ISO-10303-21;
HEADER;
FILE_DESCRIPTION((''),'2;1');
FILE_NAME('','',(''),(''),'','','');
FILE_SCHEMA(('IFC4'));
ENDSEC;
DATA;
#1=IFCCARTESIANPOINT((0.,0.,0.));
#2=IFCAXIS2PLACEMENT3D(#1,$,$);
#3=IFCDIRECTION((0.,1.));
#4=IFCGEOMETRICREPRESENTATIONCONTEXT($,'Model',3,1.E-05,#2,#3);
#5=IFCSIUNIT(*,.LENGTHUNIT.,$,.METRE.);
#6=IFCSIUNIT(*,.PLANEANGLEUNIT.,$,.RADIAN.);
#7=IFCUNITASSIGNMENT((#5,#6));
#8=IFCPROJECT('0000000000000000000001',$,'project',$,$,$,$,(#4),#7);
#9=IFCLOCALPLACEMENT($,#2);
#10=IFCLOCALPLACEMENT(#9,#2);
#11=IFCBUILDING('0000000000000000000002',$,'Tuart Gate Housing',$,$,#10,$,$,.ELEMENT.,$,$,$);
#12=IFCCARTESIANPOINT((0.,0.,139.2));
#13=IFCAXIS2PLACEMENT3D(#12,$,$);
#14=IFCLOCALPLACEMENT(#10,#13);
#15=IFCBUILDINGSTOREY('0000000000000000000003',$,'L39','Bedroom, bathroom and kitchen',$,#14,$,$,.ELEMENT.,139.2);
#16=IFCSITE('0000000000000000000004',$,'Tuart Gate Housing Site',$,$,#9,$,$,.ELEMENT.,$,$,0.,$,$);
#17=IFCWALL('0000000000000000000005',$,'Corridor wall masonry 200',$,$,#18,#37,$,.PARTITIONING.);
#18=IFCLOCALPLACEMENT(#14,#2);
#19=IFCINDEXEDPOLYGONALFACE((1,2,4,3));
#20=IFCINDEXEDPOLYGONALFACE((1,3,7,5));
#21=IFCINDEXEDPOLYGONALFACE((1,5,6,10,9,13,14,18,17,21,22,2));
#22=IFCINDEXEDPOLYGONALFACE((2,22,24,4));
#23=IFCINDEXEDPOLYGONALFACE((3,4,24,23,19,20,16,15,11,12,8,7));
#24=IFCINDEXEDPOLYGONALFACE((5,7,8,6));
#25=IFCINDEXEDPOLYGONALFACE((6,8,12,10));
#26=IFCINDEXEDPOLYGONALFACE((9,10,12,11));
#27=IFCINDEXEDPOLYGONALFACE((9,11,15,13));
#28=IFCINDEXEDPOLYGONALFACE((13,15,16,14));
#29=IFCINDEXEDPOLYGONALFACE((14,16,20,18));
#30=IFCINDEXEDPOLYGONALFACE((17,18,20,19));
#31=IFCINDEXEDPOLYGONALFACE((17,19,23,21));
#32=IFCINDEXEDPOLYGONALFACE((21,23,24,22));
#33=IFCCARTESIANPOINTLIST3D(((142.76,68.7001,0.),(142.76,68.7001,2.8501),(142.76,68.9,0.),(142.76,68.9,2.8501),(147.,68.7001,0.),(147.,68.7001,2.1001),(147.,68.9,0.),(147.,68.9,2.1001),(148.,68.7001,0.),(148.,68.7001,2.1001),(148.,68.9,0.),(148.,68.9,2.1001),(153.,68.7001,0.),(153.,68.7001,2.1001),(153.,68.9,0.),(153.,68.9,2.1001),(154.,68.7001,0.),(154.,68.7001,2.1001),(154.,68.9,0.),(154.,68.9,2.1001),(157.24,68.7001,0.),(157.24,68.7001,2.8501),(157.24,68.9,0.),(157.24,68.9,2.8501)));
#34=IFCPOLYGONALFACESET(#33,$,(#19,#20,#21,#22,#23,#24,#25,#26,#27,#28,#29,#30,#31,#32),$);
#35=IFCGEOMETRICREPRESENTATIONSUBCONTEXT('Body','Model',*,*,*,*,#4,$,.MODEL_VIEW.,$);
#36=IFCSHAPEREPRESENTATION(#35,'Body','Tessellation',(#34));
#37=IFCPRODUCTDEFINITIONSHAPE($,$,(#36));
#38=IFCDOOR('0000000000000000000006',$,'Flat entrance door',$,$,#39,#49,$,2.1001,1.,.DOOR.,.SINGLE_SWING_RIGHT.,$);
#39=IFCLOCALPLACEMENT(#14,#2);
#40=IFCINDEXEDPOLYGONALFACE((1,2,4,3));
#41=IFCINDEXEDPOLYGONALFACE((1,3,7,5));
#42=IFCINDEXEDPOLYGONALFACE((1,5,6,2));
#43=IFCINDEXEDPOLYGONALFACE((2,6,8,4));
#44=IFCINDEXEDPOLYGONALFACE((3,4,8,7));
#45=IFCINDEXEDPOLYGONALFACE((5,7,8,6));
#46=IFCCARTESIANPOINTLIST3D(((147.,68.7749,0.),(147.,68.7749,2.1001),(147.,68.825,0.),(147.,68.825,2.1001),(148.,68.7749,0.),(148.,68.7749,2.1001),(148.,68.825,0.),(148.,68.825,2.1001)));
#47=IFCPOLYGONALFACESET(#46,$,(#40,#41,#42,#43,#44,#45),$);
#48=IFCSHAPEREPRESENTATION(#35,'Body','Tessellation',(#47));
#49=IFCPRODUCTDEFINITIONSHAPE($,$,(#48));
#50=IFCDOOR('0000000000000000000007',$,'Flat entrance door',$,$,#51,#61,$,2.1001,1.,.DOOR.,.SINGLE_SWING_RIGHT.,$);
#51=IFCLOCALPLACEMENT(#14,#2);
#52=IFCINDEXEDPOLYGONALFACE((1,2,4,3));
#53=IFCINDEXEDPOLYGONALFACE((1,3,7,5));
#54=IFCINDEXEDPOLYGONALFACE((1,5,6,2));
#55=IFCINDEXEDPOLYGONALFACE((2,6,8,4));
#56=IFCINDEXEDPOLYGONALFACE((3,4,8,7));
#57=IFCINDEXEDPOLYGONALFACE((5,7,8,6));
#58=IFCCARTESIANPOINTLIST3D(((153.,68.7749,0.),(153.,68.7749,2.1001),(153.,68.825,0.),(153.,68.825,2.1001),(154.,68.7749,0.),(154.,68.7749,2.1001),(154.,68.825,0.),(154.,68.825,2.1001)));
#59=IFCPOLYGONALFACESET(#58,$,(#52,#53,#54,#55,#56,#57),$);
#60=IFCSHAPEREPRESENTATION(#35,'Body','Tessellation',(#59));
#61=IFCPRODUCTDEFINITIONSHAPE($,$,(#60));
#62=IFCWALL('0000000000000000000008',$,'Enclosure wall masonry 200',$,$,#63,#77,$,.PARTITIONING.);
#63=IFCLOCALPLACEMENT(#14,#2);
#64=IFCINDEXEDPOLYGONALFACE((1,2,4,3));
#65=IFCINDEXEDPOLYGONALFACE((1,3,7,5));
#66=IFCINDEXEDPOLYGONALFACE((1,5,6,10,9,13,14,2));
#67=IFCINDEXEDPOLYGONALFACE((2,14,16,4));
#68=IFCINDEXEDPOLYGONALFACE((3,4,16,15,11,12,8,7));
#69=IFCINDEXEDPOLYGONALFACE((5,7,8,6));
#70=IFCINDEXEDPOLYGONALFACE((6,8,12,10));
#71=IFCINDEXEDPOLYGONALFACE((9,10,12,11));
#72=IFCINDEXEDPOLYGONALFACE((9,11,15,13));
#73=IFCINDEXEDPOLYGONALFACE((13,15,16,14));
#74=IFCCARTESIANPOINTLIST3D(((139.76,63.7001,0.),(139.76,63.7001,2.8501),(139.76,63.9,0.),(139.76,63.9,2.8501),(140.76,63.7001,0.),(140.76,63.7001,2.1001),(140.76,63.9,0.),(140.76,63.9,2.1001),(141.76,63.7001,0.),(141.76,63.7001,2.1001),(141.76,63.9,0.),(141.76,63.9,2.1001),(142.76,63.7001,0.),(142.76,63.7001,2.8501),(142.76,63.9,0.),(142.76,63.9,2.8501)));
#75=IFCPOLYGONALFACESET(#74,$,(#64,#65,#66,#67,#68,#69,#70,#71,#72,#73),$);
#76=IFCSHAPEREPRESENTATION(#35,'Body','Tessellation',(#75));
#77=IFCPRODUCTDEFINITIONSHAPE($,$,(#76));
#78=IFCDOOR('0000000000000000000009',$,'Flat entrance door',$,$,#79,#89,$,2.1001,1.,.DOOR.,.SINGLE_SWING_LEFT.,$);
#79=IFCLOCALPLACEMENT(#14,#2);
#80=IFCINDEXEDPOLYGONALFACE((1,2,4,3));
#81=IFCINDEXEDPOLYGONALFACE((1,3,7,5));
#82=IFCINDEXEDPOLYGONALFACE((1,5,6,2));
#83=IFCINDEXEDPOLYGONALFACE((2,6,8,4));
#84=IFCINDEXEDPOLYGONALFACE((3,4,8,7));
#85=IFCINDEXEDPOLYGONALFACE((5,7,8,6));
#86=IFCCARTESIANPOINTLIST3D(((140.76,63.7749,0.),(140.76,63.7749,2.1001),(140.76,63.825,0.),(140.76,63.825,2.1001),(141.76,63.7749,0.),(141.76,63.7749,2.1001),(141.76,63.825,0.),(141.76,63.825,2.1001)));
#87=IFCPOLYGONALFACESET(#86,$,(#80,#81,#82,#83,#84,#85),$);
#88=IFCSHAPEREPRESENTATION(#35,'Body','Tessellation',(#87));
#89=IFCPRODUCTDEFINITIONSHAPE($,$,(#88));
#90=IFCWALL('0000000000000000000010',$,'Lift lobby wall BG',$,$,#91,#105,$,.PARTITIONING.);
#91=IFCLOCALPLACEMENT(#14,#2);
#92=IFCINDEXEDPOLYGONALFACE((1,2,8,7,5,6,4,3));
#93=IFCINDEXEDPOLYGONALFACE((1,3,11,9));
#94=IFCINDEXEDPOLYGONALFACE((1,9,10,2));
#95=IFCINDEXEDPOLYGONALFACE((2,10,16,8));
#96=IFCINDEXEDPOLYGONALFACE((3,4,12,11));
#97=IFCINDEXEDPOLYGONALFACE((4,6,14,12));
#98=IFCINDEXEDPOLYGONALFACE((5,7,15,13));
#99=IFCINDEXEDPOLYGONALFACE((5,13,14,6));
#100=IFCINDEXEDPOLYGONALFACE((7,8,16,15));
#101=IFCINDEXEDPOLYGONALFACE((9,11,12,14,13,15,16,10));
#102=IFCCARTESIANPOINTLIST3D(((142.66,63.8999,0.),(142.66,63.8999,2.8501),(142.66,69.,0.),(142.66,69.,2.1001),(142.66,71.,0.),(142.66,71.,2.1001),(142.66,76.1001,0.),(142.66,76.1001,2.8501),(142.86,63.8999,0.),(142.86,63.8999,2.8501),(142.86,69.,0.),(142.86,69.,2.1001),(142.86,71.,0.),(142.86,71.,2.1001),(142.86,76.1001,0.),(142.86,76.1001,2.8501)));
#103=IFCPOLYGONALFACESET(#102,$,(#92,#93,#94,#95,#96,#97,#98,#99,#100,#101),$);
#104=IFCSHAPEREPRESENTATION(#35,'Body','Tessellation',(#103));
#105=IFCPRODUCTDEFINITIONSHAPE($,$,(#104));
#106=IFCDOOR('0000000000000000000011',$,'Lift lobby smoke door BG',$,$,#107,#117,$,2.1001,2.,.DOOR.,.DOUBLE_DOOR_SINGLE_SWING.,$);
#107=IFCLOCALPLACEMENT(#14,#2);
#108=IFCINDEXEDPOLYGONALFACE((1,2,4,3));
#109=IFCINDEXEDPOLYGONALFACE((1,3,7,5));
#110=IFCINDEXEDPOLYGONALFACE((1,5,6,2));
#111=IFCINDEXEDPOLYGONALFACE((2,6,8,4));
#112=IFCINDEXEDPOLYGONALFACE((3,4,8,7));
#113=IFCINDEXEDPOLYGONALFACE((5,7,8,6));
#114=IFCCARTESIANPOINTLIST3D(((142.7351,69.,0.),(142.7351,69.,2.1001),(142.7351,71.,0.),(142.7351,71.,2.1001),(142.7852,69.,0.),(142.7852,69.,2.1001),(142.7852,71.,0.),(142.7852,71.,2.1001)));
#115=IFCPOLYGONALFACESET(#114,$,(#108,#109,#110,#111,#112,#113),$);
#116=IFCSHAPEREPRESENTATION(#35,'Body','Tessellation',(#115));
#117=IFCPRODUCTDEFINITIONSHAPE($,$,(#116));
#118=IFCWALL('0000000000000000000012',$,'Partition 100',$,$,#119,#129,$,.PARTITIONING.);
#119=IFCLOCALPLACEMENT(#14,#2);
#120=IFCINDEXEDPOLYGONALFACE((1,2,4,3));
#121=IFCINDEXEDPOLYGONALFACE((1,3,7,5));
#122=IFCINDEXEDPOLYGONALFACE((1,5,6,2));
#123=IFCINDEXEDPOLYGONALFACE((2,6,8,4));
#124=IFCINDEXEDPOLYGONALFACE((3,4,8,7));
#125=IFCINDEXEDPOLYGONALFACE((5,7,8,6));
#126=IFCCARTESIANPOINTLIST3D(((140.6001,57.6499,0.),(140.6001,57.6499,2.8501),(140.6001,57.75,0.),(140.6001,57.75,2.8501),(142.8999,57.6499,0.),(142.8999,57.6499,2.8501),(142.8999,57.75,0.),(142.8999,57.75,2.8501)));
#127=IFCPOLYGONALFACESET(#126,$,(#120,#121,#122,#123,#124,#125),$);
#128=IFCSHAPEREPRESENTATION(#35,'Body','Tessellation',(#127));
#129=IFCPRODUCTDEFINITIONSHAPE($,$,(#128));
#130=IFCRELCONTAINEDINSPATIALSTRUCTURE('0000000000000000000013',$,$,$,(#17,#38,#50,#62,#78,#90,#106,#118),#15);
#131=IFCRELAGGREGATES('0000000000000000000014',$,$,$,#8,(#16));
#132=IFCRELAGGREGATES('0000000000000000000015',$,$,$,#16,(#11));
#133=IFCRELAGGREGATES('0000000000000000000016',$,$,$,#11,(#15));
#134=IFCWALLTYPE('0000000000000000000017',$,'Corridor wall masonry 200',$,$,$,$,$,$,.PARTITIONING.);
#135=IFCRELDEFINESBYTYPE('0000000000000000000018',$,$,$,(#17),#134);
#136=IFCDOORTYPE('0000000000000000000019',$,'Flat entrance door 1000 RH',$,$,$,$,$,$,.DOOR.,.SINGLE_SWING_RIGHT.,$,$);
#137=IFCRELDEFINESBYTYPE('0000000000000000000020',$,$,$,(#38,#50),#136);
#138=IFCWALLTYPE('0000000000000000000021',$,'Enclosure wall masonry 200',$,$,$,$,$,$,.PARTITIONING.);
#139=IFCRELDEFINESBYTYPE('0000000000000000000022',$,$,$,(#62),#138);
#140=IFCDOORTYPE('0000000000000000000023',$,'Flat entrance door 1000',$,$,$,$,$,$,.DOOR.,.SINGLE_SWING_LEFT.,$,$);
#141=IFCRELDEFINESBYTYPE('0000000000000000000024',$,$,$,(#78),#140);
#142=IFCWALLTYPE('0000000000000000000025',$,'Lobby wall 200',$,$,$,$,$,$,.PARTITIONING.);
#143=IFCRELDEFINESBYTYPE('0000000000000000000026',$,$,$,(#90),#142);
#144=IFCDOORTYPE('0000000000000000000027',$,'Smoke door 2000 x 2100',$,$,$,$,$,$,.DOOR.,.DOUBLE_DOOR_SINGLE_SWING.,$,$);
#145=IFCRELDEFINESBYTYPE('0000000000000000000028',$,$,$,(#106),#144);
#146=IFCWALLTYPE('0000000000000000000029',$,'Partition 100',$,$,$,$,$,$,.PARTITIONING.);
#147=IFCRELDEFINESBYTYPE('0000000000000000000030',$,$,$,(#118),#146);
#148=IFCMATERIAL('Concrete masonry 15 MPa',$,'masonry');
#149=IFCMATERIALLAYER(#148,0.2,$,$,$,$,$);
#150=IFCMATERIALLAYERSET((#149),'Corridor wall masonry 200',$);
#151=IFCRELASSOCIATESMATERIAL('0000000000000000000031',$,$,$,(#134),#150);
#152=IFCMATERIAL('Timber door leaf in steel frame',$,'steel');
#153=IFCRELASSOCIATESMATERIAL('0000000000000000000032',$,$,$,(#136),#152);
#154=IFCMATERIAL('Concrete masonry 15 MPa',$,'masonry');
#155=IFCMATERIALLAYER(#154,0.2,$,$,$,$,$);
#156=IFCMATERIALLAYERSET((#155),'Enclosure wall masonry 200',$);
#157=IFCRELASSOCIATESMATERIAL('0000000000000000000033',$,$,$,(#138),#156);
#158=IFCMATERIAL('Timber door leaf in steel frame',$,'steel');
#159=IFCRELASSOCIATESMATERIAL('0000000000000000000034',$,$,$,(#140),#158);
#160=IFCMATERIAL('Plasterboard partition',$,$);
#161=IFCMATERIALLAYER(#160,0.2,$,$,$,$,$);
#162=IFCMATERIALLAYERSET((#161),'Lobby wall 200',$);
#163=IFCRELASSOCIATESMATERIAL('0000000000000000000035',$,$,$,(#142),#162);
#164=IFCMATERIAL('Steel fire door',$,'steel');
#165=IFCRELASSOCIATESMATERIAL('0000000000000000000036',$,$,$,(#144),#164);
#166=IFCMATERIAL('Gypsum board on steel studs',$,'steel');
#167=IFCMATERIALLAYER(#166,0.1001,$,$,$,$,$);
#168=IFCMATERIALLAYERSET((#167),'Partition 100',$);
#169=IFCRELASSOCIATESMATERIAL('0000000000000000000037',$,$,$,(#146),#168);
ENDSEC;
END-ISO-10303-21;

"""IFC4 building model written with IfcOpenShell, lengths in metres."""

from ifc_helpers import new_model, si_unit, direction, frame, frame_2d, origin, place, context, subcontext, project, spatial, rectangle, extrude, material, layer, layer_set, type_object, element, fill, save


model = new_model("IFC4")

# Units and contexts
model_context = context("Model", 3, precision=1e-05, world=origin(), true_north=direction((0.0, 1.0)))
body_context = subcontext(model_context, "Body", "Model", "MODEL_VIEW")
ifc_project = project(units=[si_unit("LENGTHUNIT", "METRE"), si_unit("PLANEANGLEUNIT", "RADIAN")], contexts=[model_context])

# Site, building, storey
site_placement = place(None, origin())
site = spatial("IfcSite", under=ifc_project, at=site_placement, Name="Tuart Gate Housing Site", CompositionType="ELEMENT", RefElevation=0.0)
building_placement = place(site_placement, origin())
building = spatial("IfcBuilding", under=site, at=building_placement, Name="Tuart Gate Housing", CompositionType="ELEMENT")
storey_placement = place(building_placement, frame((0.0, 0.0, 139.2)))
storey = spatial("IfcBuildingStorey", under=building, at=storey_placement, Name="L39", Description="Bedroom, bathroom and kitchen", CompositionType="ELEMENT", Elevation=139.2)

# Wall, openings, doors
ifc_material_1 = material(Name="Concrete masonry 15 MPa", Category="masonry")
ifc_layer_1 = layer(ifc_material_1, 0.2)
ifc_layer_set_1 = layer_set([ifc_layer_1], Name="Corridor wall masonry 200")
wall_type_1 = type_object("IfcWallType", Name="Corridor wall masonry 200", PredefinedType="PARTITIONING", material=ifc_layer_set_1)
wall_1_placement = place(storey_placement, frame((142.76, 68.8, 0.0), z_axis=(0.0, 0.0, 1.0), x_axis=(1.0, 0.0, 0.0)))
wall_1 = element("IfcWall", 1, at=wall_1_placement, inside=storey, type_object=wall_type_1, Name="Corridor wall masonry 200", PredefinedType="PARTITIONING", context=body_context, shape_type="SweptSolid", body=[
    extrude(rectangle(XDim=14.48, YDim=0.2, at=frame_2d((7.24, 0.0))), origin(), (0.0, 0.0, 1.0), 2.8501),
])
opening_1_placement = place(wall_1_placement, frame((4.24, 0.0, 0.0)))
opening_1 = element("IfcOpeningElement", 2, at=opening_1_placement, cuts=wall_1, PredefinedType="OPENING", context=body_context, shape_type="SweptSolid", body=[
    extrude(rectangle(XDim=1.0, YDim=2.1001, at=frame_2d((0.5, 1.05))), frame((0.0, 0.1099, 0.0), z_axis=(0.0, -1.0, 0.0), x_axis=(1.0, 0.0, 0.0)), (0.0, 0.0, 1.0), 0.22),
])
opening_2_placement = place(wall_1_placement, frame((10.24, 0.0, 0.0)))
opening_2 = element("IfcOpeningElement", 3, at=opening_2_placement, cuts=wall_1, PredefinedType="OPENING", context=body_context, shape_type="SweptSolid", body=[
    extrude(rectangle(XDim=1.0, YDim=2.1001, at=frame_2d((0.5, 1.05))), frame((0.0, 0.1099, 0.0), z_axis=(0.0, -1.0, 0.0), x_axis=(1.0, 0.0, 0.0)), (0.0, 0.0, 1.0), 0.22),
])
ifc_material_2 = material(Name="Timber door leaf in steel frame", Category="steel")
door_type_1 = type_object("IfcDoorType", Name="Flat entrance door 1000 RH", OperationType="SINGLE_SWING_RIGHT", PredefinedType="DOOR", material=ifc_material_2)
door_1_placement = place(opening_1_placement, frame((1.0, 0.0, 0.0), z_axis=(0.0, 0.0, 1.0), x_axis=(-1.0, 0.0, 0.0)))
door_1 = element("IfcDoor", 4, at=door_1_placement, inside=storey, type_object=door_type_1, Name="Flat entrance door", OperationType="SINGLE_SWING_RIGHT", OverallHeight=2.1001, OverallWidth=1.0, PredefinedType="DOOR", context=body_context, shape_type="SweptSolid", body=[
    extrude(rectangle(XDim=1.0, YDim=2.1001, at=frame_2d((0.5, 1.05))), frame((0.0, 0.0251, 0.0), z_axis=(0.0, -1.0, 0.0), x_axis=(1.0, 0.0, 0.0)), (0.0, 0.0, 1.0), 0.05),
])
fill(opening_1, door_1)
door_2_placement = place(opening_2_placement, frame((1.0, 0.0, 0.0), z_axis=(0.0, 0.0, 1.0), x_axis=(-1.0, 0.0, 0.0)))
door_2 = element("IfcDoor", 5, at=door_2_placement, inside=storey, type_object=door_type_1, Name="Flat entrance door", OperationType="SINGLE_SWING_RIGHT", OverallHeight=2.1001, OverallWidth=1.0, PredefinedType="DOOR", context=body_context, shape_type="SweptSolid", body=[
    extrude(rectangle(XDim=1.0, YDim=2.1001, at=frame_2d((0.5, 1.05))), frame((0.0, 0.0251, 0.0), z_axis=(0.0, -1.0, 0.0), x_axis=(1.0, 0.0, 0.0)), (0.0, 0.0, 1.0), 0.05),
])
fill(opening_2, door_2)

# Walls, openings, doors
ifc_material_3 = material(Name="Concrete masonry 15 MPa", Category="masonry")
ifc_layer_2 = layer(ifc_material_3, 0.2)
ifc_layer_set_2 = layer_set([ifc_layer_2], Name="Enclosure wall masonry 200")
wall_type_2 = type_object("IfcWallType", Name="Enclosure wall masonry 200", PredefinedType="PARTITIONING", material=ifc_layer_set_2)
wall_2_placement = place(storey_placement, frame((139.76, 63.8, 0.0), z_axis=(0.0, 0.0, 1.0), x_axis=(1.0, 0.0, 0.0)))
wall_2 = element("IfcWall", 6, at=wall_2_placement, inside=storey, type_object=wall_type_2, Name="Enclosure wall masonry 200", PredefinedType="PARTITIONING", context=body_context, shape_type="SweptSolid", body=[
    extrude(rectangle(XDim=3.0, YDim=0.2, at=frame_2d((1.5, 0.0))), origin(), (0.0, 0.0, 1.0), 2.8501),
])
opening_3_placement = place(wall_2_placement, frame((1.0, 0.0, 0.0)))
opening_3 = element("IfcOpeningElement", 7, at=opening_3_placement, cuts=wall_2, PredefinedType="OPENING", context=body_context, shape_type="SweptSolid", body=[
    extrude(rectangle(XDim=1.0, YDim=2.1001, at=frame_2d((0.5, 1.05))), frame((0.0, 0.1099, 0.0), z_axis=(0.0, -1.0, 0.0), x_axis=(1.0, 0.0, 0.0)), (0.0, 0.0, 1.0), 0.22),
])
ifc_material_4 = material(Name="Timber door leaf in steel frame", Category="steel")
door_type_2 = type_object("IfcDoorType", Name="Flat entrance door 1000", OperationType="SINGLE_SWING_LEFT", PredefinedType="DOOR", material=ifc_material_4)
door_3_placement = place(opening_3_placement, frame((1.0, 0.0, 0.0), z_axis=(0.0, 0.0, 1.0), x_axis=(-1.0, 0.0, 0.0)))
door_3 = element("IfcDoor", 8, at=door_3_placement, inside=storey, type_object=door_type_2, Name="Flat entrance door", OperationType="SINGLE_SWING_LEFT", OverallHeight=2.1001, OverallWidth=1.0, PredefinedType="DOOR", context=body_context, shape_type="SweptSolid", body=[
    extrude(rectangle(XDim=1.0, YDim=2.1001, at=frame_2d((0.5, 1.05))), frame((0.0, 0.0251, 0.0), z_axis=(0.0, -1.0, 0.0), x_axis=(1.0, 0.0, 0.0)), (0.0, 0.0, 1.0), 0.05),
])
fill(opening_3, door_3)
ifc_material_5 = material(Name="Plasterboard partition")
ifc_layer_3 = layer(ifc_material_5, 0.2)
ifc_layer_set_3 = layer_set([ifc_layer_3], Name="Lobby wall 200")
wall_type_3 = type_object("IfcWallType", Name="Lobby wall 200", PredefinedType="PARTITIONING", material=ifc_layer_set_3)
wall_3_placement = place(storey_placement, frame((142.76, 63.8999, 0.0), z_axis=(0.0, 0.0, 1.0), x_axis=(0.0, 1.0, 0.0)))
wall_3 = element("IfcWall", 9, at=wall_3_placement, inside=storey, type_object=wall_type_3, Name="Lift lobby wall BG", PredefinedType="PARTITIONING", context=body_context, shape_type="SweptSolid", body=[
    extrude(rectangle(XDim=12.2002, YDim=0.2, at=frame_2d((6.1001, 0.0))), origin(), (0.0, 0.0, 1.0), 2.8501),
])
opening_4_placement = place(wall_3_placement, frame((5.1001, 0.0, 0.0)))
opening_4 = element("IfcOpeningElement", 10, at=opening_4_placement, cuts=wall_3, PredefinedType="OPENING", context=body_context, shape_type="SweptSolid", body=[
    extrude(rectangle(XDim=2.0, YDim=2.1001, at=frame_2d((1.0, 1.05))), frame((0.0, 0.1099, 0.0), z_axis=(0.0, -1.0, 0.0), x_axis=(1.0, 0.0, 0.0)), (0.0, 0.0, 1.0), 0.22),
])
ifc_material_6 = material(Name="Steel fire door", Category="steel")
door_type_3 = type_object("IfcDoorType", Name="Smoke door 2000 x 2100", OperationType="DOUBLE_DOOR_SINGLE_SWING", PredefinedType="DOOR", material=ifc_material_6)
door_4_placement = place(opening_4_placement, origin())
door_4 = element("IfcDoor", 11, at=door_4_placement, inside=storey, type_object=door_type_3, Name="Lift lobby smoke door BG", OperationType="DOUBLE_DOOR_SINGLE_SWING", OverallHeight=2.1001, OverallWidth=2.0, PredefinedType="DOOR", context=body_context, shape_type="SweptSolid", body=[
    extrude(rectangle(XDim=2.0, YDim=2.1001, at=frame_2d((1.0, 1.05))), frame((0.0, 0.0249, 0.0), z_axis=(0.0, -1.0, 0.0), x_axis=(1.0, 0.0, 0.0)), (0.0, 0.0, 1.0), 0.05),
])
fill(opening_4, door_4)

# Wall
ifc_material_7 = material(Name="Gypsum board on steel studs", Category="steel")
ifc_layer_4 = layer(ifc_material_7, 0.1001)
ifc_layer_set_4 = layer_set([ifc_layer_4], Name="Partition 100")
wall_type_4 = type_object("IfcWallType", Name="Partition 100", PredefinedType="PARTITIONING", material=ifc_layer_set_4)
wall_4_placement = place(storey_placement, frame((140.6001, 57.7, 0.0), z_axis=(0.0, 0.0, 1.0), x_axis=(1.0, 0.0, 0.0)))
element("IfcWall", 12, at=wall_4_placement, inside=storey, type_object=wall_type_4, Name="Partition 100", PredefinedType="PARTITIONING", context=body_context, shape_type="SweptSolid", body=[
    extrude(rectangle(XDim=2.2998, YDim=0.1001, at=frame_2d((1.1499, 0.0))), origin(), (0.0, 0.0, 1.0), 2.8501),
])

save(model, "model.ifc")
